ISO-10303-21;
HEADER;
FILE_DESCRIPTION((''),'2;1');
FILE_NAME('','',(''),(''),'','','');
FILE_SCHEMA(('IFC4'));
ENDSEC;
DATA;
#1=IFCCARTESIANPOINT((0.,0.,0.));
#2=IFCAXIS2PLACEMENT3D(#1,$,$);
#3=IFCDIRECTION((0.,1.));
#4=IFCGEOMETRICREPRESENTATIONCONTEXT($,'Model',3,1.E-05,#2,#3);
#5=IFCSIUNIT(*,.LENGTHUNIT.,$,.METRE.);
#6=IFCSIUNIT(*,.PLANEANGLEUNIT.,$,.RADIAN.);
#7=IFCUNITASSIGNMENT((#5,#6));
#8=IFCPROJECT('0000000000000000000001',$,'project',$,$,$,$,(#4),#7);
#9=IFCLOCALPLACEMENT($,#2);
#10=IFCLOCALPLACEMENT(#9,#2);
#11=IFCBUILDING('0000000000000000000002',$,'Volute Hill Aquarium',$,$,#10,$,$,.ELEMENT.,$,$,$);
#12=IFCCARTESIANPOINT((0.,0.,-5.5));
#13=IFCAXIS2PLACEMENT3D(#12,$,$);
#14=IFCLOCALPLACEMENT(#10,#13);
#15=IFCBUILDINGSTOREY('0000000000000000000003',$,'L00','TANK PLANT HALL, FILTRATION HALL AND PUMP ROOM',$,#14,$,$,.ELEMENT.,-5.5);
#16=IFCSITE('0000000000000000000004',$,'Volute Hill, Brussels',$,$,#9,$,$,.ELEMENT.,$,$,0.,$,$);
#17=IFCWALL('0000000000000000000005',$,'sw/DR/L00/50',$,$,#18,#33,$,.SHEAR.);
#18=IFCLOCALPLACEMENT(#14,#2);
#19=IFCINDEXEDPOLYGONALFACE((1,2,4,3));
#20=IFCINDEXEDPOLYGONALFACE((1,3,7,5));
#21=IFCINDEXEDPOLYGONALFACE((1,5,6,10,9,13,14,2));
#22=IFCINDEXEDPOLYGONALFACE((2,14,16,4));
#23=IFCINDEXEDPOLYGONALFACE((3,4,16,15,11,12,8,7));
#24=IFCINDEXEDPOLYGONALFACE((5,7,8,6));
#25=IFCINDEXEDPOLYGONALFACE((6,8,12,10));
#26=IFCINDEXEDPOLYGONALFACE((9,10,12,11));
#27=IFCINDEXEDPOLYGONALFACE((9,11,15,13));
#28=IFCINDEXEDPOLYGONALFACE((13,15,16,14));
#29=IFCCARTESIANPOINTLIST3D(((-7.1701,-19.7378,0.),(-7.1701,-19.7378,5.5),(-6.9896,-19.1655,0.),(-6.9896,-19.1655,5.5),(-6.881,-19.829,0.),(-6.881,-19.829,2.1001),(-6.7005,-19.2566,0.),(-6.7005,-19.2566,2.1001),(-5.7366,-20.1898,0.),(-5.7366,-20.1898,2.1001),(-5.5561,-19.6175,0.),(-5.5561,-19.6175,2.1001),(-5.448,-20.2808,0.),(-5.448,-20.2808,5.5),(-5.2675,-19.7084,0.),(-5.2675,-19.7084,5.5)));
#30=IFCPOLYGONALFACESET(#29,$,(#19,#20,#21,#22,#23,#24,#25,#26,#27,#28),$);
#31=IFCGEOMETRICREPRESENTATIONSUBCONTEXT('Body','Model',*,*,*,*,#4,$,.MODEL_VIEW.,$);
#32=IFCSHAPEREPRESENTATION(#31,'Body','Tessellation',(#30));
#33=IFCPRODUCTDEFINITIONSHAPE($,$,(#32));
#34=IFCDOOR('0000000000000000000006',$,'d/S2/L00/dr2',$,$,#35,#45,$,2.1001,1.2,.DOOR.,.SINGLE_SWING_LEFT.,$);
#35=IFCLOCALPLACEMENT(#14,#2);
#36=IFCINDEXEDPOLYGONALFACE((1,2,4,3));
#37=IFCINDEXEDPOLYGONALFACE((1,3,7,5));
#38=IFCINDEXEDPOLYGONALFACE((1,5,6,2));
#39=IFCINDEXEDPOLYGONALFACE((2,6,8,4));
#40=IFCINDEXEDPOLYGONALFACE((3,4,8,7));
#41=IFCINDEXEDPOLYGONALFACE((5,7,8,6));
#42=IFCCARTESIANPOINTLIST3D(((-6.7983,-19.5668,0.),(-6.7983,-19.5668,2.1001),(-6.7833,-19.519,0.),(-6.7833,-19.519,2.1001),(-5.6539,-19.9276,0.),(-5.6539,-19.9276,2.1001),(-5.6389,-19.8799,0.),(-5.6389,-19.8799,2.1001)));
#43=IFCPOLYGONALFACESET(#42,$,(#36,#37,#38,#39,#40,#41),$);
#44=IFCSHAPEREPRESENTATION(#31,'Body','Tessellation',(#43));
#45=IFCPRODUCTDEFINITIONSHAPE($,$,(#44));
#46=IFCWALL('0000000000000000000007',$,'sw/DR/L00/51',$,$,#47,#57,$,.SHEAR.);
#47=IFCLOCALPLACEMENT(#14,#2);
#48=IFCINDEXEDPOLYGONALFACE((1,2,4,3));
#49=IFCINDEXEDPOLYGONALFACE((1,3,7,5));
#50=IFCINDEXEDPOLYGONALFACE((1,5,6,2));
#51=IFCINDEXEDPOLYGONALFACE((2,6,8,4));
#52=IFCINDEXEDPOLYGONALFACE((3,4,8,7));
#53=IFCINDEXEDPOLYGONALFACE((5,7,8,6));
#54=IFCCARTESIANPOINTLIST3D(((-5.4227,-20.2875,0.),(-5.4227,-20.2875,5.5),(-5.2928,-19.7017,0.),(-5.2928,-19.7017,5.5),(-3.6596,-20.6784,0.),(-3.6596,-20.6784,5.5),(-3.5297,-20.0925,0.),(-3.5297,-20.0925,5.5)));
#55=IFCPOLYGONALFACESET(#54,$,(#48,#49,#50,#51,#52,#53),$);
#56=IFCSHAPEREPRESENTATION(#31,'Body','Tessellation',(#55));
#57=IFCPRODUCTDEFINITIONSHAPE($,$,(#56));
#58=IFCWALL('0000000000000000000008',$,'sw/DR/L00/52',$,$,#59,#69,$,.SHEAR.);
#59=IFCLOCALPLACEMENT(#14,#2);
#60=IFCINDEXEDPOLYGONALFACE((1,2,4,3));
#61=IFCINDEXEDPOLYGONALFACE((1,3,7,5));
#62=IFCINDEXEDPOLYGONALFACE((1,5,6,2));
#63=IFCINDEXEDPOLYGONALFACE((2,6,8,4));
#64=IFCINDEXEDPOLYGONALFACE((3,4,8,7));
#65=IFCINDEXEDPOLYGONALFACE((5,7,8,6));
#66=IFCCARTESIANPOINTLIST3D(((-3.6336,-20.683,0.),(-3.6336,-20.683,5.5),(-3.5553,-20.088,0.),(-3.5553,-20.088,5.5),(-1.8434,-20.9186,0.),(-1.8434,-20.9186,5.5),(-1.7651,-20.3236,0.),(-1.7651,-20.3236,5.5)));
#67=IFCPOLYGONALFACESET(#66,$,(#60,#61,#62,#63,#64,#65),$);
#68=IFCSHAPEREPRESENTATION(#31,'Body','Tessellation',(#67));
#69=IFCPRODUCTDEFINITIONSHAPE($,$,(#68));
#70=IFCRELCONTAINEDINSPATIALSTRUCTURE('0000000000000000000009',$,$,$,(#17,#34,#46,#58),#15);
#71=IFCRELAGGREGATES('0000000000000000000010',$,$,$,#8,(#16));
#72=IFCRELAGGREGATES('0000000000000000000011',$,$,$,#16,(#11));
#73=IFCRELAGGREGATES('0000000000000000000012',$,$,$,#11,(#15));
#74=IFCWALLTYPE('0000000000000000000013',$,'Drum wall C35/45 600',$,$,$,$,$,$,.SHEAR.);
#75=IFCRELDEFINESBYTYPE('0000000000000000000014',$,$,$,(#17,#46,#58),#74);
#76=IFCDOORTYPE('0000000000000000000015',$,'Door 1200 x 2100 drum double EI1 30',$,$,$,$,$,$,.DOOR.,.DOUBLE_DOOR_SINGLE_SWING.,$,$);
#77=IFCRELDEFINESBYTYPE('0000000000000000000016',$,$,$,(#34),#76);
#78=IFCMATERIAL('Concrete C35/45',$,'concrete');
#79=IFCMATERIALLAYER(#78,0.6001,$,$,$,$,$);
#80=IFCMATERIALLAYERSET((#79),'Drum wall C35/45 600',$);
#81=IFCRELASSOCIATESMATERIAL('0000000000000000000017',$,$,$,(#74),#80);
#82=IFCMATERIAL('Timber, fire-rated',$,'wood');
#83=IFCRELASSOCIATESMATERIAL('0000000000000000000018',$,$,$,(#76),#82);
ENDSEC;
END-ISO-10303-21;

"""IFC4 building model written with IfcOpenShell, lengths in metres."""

from ifc_helpers import new_model, si_unit, direction, frame, frame_2d, origin, place, context, subcontext, project, spatial, rectangle, extrude, material, layer, layer_set, type_object, element, fill, save


model = new_model("IFC4")

# Units and contexts
model_context = context("Model", 3, precision=1e-05, world=origin(), true_north=direction((0.0, 1.0)))
body_context = subcontext(model_context, "Body", "Model", "MODEL_VIEW")
ifc_project = project(units=[si_unit("LENGTHUNIT", "METRE"), si_unit("PLANEANGLEUNIT", "RADIAN")], contexts=[model_context])

# Site, building, storey
site_placement = place(None, origin())
site = spatial("IfcSite", under=ifc_project, at=site_placement, Name="Volute Hill, Brussels", CompositionType="ELEMENT", RefElevation=0.0)
building_placement = place(site_placement, origin())
building = spatial("IfcBuilding", under=site, at=building_placement, Name="Volute Hill Aquarium", CompositionType="ELEMENT")
storey_placement = place(building_placement, frame((0.0, 0.0, -5.5)))
storey = spatial("IfcBuildingStorey", under=building, at=storey_placement, Name="L00", Description="TANK PLANT HALL, FILTRATION HALL AND PUMP ROOM", CompositionType="ELEMENT", Elevation=-5.5)

# Shared definitions
ifc_material_1 = material(Name="Concrete C35/45", Category="concrete")
ifc_layer = layer(ifc_material_1, 0.6001)
ifc_layer_set = layer_set([ifc_layer], Name="Drum wall C35/45 600")
wall_type = type_object("IfcWallType", Name="Drum wall C35/45 600", PredefinedType="SHEAR", material=ifc_layer_set)

# Wall, opening, door
wall_1_placement = place(storey_placement, frame((-7.0798, -19.4517, 0.0), z_axis=(0.0, 0.0, 1.0), x_axis=(0.953722, -0.300691, 0.0)))
wall_1 = element("IfcWall", 1, at=wall_1_placement, inside=storey, type_object=wall_type, Name="sw/DR/L00/50", PredefinedType="SHEAR", context=body_context, shape_type="SweptSolid", body=[
    extrude(rectangle(XDim=1.8057, YDim=0.6001, at=frame_2d((0.9028, 0.0))), origin(), (0.0, 0.0, 1.0), 5.5),
])
opening_placement = place(wall_1_placement, frame((0.303, 0.0, 0.0)))
opening = element("IfcOpeningElement", 2, at=opening_placement, cuts=wall_1, PredefinedType="OPENING", context=body_context, shape_type="SweptSolid", body=[
    extrude(rectangle(XDim=1.2, YDim=2.1001, at=frame_2d((0.6001, 1.05))), frame((0.0, 0.3101, 0.0), z_axis=(0.0, -1.0, 0.0), x_axis=(1.0, 0.0, 0.0)), (0.0, 0.0, 1.0), 0.6201),
])
ifc_material_2 = material(Name="Timber, fire-rated", Category="wood")
door_type = type_object("IfcDoorType", Name="Door 1200 x 2100 drum double EI1 30", OperationType="DOUBLE_DOOR_SINGLE_SWING", PredefinedType="DOOR", material=ifc_material_2)
door_placement = place(opening_placement, origin())
door = element("IfcDoor", 3, at=door_placement, inside=storey, type_object=door_type, Name="d/S2/L00/dr2", OperationType="SINGLE_SWING_LEFT", OverallHeight=2.1001, OverallWidth=1.2, PredefinedType="DOOR", context=body_context, shape_type="SweptSolid", body=[
    extrude(rectangle(XDim=1.2, YDim=2.1001, at=frame_2d((0.6001, 1.05))), frame((0.0, 0.0249, 0.0), z_axis=(0.0, -1.0, 0.0), x_axis=(1.0, 0.0, 0.0)), (0.0, 0.0, 1.0), 0.05),
])
fill(opening, door)

# Walls
wall_2_placement = place(storey_placement, frame((-5.3577, -19.9946, 0.0), z_axis=(0.0, 0.0, 1.0), x_axis=(0.976298, -0.216429, 0.0)))
element("IfcWall", 4, at=wall_2_placement, inside=storey, type_object=wall_type, Name="sw/DR/L00/51", PredefinedType="SHEAR", context=body_context, shape_type="SweptSolid", body=[
    extrude(rectangle(XDim=1.8059, YDim=0.6001, at=frame_2d((0.9028, 0.0))), origin(), (0.0, 0.0, 1.0), 5.5),
])
wall_3_placement = place(storey_placement, frame((-3.5945, -20.3855, 0.0), z_axis=(0.0, 0.0, 1.0), x_axis=(0.991452, -0.130472, 0.0)))
element("IfcWall", 5, at=wall_3_placement, inside=storey, type_object=wall_type, Name="sw/DR/L00/52", PredefinedType="SHEAR", context=body_context, shape_type="SweptSolid", body=[
    extrude(rectangle(XDim=1.8057, YDim=0.6001, at=frame_2d((0.9028, 0.0))), origin(), (0.0, 0.0, 1.0), 5.5),
])

save(model, "model.ifc")
